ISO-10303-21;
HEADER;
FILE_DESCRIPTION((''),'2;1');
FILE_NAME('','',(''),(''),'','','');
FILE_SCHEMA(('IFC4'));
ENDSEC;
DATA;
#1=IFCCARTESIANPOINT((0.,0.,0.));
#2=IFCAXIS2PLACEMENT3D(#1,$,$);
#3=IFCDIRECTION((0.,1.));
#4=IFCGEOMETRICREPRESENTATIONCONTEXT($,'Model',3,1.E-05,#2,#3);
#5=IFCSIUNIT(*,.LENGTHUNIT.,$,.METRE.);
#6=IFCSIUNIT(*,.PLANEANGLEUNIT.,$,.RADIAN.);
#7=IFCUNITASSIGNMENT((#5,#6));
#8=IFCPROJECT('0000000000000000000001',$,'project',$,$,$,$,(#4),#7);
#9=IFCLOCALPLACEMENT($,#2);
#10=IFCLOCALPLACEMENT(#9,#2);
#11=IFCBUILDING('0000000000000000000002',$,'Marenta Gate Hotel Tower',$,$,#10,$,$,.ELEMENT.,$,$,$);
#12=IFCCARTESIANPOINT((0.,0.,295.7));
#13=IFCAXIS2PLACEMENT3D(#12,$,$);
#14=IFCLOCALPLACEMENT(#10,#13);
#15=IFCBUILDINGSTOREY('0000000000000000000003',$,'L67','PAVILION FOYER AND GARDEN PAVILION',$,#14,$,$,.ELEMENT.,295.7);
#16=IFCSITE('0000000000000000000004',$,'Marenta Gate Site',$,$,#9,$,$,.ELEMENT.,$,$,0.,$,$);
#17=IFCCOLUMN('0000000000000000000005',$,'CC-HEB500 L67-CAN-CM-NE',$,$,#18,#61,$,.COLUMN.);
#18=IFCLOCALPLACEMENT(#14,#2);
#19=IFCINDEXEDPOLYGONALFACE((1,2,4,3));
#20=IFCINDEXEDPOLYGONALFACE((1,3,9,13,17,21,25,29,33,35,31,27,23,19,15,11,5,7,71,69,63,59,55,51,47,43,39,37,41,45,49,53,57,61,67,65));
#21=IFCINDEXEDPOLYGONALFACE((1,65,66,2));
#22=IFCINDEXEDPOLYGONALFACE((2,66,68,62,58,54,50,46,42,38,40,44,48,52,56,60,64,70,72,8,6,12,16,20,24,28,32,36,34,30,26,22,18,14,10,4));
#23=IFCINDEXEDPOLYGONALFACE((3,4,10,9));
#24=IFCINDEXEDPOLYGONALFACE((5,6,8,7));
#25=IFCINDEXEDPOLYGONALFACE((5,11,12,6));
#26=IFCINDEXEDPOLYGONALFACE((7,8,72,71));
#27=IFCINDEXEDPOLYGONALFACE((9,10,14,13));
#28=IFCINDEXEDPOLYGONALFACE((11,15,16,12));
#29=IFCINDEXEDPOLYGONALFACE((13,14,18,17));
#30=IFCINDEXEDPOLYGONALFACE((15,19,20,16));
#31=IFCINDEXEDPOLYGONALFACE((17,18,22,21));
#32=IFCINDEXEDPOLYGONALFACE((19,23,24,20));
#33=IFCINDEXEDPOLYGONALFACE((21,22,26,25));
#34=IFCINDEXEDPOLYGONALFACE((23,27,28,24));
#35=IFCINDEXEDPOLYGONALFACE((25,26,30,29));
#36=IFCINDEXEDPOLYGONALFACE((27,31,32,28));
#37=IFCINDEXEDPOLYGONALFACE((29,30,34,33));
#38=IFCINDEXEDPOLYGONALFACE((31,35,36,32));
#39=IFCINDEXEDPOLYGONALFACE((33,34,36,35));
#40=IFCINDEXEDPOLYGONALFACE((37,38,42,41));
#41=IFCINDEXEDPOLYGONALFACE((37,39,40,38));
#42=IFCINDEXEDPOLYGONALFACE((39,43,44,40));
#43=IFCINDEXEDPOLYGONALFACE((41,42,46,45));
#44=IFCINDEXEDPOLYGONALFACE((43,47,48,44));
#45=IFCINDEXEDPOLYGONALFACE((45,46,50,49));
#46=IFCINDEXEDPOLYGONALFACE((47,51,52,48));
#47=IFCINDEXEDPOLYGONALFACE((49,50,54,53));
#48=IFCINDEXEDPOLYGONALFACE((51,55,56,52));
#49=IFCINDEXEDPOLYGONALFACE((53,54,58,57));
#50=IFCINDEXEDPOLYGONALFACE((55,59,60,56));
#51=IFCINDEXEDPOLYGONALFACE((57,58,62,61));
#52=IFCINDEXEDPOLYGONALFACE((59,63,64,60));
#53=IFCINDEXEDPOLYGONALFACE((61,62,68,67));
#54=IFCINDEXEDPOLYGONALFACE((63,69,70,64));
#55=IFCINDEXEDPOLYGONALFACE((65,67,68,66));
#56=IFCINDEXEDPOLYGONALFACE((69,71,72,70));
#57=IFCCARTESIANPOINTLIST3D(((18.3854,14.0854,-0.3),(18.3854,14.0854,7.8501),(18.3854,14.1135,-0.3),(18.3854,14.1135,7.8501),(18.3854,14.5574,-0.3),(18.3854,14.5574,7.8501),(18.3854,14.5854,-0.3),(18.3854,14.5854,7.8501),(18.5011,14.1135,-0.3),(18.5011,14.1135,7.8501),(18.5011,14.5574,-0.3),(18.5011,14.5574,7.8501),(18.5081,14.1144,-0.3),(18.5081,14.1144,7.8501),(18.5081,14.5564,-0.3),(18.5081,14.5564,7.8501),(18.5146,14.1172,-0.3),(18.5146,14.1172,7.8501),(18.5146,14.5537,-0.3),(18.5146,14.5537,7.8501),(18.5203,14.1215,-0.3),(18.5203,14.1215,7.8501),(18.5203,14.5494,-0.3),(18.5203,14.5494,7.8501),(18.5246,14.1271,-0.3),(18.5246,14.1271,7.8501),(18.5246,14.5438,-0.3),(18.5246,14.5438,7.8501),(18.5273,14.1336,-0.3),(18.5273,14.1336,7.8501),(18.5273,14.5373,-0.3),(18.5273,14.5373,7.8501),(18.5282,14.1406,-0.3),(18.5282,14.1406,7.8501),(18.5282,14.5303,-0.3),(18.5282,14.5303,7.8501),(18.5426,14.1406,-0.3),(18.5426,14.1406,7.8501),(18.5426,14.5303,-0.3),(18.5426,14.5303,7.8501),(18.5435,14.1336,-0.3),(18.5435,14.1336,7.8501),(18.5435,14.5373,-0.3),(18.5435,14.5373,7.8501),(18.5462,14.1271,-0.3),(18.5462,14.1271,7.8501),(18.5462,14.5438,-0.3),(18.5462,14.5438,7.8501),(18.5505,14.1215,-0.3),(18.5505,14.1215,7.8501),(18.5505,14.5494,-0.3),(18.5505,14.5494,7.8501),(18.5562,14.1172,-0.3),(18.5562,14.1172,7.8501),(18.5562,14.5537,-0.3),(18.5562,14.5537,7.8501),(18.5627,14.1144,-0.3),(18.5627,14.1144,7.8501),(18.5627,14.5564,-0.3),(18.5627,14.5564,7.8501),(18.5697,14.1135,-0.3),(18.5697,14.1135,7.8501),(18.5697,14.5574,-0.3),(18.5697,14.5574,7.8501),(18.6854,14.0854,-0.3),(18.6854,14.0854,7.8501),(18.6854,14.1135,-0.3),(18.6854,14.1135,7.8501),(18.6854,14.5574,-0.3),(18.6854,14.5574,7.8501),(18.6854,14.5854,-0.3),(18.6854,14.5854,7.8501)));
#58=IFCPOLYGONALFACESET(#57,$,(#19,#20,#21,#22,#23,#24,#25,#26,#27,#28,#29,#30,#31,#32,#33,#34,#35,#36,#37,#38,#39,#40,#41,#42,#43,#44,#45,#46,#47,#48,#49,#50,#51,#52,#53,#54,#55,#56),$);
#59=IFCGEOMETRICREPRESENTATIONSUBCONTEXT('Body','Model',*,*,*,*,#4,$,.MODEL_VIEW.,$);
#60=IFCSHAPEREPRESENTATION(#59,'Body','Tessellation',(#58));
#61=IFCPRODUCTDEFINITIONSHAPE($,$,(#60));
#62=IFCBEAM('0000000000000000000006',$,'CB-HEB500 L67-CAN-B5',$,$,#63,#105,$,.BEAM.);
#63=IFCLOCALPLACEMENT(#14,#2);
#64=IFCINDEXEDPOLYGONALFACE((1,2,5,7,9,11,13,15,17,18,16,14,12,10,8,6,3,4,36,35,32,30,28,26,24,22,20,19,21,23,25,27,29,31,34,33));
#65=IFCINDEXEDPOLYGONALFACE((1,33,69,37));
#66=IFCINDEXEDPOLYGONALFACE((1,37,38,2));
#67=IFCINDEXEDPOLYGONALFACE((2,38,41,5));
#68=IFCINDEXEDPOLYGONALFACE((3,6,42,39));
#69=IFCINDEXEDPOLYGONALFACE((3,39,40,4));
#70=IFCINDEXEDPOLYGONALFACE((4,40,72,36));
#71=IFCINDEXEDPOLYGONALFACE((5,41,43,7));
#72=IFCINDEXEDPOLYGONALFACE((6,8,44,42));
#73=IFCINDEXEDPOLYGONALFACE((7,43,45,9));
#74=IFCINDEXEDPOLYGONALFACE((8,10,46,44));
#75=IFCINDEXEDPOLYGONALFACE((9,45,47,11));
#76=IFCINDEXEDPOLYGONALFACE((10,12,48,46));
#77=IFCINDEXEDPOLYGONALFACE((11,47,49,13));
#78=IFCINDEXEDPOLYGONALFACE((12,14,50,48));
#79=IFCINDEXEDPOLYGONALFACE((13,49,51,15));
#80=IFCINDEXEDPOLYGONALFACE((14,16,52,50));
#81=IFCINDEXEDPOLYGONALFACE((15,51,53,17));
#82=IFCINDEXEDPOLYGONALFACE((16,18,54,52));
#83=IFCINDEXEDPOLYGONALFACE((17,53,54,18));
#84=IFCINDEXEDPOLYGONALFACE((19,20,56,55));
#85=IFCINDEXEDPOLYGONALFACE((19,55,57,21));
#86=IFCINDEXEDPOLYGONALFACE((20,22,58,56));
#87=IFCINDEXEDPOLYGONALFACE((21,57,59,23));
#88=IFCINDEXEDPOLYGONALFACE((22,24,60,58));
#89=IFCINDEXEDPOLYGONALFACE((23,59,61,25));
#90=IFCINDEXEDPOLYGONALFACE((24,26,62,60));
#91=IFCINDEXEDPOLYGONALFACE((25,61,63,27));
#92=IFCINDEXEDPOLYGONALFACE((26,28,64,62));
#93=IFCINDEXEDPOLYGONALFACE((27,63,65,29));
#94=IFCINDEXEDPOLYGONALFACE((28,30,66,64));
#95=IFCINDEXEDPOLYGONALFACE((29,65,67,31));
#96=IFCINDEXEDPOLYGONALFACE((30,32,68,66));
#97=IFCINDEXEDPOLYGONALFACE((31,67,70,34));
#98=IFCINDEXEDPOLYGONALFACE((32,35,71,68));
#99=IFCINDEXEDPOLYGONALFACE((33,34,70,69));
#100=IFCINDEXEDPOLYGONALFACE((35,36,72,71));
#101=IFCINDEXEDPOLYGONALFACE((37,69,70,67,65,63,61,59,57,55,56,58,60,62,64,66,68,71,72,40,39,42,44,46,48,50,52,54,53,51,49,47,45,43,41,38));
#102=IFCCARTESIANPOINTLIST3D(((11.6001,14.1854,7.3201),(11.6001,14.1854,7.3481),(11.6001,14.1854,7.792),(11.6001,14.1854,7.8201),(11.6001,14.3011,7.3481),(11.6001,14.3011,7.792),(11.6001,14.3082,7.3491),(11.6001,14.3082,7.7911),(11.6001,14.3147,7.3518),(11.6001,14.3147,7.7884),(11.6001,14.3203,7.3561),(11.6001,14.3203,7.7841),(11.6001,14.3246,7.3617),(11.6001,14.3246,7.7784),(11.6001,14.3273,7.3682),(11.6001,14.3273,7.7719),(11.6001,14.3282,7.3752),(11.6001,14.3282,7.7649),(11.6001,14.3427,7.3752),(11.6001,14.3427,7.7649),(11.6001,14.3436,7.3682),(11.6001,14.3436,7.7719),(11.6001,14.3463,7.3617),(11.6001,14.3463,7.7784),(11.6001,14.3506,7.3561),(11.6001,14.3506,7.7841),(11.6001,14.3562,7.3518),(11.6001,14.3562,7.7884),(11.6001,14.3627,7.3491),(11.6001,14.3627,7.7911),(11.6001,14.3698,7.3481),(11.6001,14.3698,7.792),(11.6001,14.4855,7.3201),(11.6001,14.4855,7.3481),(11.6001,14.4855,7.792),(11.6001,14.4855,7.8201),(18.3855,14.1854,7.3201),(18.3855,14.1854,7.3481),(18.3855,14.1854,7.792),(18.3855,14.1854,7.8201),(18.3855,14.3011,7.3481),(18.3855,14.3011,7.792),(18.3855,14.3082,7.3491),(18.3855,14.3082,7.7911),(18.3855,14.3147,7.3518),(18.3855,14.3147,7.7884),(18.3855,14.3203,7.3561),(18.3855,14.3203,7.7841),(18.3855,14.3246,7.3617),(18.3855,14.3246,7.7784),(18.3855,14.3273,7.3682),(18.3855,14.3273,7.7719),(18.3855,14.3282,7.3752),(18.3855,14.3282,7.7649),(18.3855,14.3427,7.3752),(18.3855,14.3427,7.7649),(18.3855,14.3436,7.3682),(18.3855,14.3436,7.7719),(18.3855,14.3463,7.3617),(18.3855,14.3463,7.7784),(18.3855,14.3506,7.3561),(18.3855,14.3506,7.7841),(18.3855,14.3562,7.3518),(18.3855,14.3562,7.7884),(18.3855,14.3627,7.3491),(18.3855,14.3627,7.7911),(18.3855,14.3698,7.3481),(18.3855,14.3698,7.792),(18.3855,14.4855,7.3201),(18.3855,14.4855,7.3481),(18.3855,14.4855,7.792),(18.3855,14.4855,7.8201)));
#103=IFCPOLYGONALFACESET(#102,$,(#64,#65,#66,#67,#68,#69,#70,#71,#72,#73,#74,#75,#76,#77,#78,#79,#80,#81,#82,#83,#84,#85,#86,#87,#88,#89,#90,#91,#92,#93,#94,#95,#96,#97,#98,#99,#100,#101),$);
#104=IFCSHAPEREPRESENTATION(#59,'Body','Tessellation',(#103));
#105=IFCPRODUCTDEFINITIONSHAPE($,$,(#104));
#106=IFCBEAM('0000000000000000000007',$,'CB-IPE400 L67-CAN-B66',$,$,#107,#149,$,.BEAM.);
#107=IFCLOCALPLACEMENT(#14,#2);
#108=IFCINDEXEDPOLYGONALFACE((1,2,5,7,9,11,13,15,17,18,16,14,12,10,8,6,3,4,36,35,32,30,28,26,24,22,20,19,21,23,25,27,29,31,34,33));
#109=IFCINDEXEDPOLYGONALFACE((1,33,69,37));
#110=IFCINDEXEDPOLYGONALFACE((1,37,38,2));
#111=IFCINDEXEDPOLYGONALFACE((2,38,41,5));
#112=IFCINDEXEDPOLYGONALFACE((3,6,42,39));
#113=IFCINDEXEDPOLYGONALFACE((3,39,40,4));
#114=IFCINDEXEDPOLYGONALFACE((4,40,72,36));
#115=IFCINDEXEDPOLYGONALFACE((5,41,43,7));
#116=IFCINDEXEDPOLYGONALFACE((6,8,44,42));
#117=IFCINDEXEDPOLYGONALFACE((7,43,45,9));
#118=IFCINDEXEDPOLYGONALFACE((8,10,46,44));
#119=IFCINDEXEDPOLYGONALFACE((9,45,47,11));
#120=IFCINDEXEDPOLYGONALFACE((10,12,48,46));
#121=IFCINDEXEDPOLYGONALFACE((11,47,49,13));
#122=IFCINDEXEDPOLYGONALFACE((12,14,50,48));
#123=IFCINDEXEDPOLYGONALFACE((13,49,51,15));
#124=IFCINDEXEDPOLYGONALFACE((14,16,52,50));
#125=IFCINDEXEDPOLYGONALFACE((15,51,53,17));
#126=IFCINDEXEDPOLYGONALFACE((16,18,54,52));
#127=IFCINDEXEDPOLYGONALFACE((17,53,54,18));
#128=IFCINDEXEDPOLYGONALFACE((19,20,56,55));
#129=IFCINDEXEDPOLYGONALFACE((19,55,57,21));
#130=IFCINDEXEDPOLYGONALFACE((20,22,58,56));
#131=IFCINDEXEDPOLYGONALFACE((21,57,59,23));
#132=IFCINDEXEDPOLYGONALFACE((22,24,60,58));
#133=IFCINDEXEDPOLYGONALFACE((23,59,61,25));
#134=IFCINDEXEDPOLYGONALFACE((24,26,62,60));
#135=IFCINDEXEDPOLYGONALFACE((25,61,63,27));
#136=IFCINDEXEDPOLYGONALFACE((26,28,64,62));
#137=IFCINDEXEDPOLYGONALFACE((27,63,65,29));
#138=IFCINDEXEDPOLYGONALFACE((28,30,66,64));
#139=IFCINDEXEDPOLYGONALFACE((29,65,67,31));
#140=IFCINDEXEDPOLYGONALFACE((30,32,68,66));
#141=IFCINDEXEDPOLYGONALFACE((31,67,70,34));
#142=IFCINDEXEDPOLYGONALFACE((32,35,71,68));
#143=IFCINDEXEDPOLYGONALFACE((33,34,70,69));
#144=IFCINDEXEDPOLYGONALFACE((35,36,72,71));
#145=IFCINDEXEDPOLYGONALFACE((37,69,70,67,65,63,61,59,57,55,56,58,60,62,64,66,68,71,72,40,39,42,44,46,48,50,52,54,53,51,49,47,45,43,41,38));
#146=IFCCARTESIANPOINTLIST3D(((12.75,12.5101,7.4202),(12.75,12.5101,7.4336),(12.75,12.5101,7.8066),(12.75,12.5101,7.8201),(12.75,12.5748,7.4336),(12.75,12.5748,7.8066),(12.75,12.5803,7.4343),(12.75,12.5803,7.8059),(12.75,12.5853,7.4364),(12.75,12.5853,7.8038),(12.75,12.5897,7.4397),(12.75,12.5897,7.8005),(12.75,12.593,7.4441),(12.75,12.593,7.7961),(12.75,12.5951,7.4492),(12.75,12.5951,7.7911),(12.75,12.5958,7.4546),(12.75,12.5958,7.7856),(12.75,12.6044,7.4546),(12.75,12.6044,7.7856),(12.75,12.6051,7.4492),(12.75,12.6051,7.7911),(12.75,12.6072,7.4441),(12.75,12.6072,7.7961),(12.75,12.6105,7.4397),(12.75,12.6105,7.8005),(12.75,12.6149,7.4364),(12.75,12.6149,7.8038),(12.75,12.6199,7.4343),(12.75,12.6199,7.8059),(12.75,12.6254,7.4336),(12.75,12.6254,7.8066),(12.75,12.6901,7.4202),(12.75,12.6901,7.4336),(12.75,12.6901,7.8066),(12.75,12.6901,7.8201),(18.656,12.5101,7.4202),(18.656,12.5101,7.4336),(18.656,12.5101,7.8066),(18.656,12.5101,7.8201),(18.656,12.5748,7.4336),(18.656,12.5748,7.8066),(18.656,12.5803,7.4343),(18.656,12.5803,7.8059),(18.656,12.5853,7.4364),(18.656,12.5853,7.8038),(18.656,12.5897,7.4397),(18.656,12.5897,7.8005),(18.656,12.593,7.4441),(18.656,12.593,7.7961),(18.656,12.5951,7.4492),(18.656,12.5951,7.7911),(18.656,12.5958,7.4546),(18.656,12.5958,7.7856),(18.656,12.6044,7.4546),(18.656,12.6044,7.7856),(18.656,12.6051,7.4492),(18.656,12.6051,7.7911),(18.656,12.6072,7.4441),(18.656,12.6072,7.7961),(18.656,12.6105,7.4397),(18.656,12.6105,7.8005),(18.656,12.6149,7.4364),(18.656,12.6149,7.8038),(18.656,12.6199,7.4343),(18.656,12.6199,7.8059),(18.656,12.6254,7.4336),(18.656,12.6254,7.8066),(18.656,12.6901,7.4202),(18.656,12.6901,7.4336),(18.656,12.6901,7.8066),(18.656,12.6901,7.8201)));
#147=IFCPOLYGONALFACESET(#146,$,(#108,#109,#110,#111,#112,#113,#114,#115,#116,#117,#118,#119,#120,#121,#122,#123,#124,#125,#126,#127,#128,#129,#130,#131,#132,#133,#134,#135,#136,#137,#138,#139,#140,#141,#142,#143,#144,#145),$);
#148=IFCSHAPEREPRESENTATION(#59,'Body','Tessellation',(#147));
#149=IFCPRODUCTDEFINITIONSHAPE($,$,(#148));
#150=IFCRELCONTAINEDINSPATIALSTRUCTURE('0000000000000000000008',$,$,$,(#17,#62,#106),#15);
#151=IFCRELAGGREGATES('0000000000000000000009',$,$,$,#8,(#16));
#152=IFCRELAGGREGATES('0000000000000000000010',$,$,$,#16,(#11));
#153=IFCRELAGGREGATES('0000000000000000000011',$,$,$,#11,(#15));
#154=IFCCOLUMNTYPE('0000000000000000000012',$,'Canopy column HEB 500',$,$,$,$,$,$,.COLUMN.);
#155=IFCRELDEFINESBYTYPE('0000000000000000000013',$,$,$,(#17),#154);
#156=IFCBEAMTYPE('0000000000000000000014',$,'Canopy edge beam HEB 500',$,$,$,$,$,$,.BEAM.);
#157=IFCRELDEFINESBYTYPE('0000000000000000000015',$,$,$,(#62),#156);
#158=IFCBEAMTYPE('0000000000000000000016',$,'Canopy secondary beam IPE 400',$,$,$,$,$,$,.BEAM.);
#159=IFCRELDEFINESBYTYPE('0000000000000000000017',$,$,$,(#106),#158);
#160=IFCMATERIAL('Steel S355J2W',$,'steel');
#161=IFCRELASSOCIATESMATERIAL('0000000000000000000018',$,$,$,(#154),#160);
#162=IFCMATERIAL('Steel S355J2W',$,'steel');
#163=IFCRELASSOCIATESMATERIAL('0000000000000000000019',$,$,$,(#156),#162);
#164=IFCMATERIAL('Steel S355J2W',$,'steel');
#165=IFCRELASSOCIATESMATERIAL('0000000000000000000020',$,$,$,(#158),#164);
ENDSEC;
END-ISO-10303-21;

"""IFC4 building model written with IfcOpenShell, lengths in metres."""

from ifc_helpers import new_model, si_unit, direction, frame, origin, origin_2d, place, context, subcontext, project, spatial, i_section, extrude, material, material_profile, profile_set, type_object, element, save


model = new_model("IFC4")

# Units and contexts
model_context = context("Model", 3, precision=1e-05, world=origin(), true_north=direction((0.0, 1.0)))
body_context = subcontext(model_context, "Body", "Model", "MODEL_VIEW")
ifc_project = project(units=[si_unit("LENGTHUNIT", "METRE"), si_unit("PLANEANGLEUNIT", "RADIAN")], contexts=[model_context])

# Site, building, storey
site_placement = place(None, origin())
site = spatial("IfcSite", under=ifc_project, at=site_placement, Name="Marenta Gate Site", CompositionType="ELEMENT", RefElevation=0.0)
building_placement = place(site_placement, origin())
building = spatial("IfcBuilding", under=site, at=building_placement, Name="Marenta Gate Hotel Tower", CompositionType="ELEMENT")
storey_placement = place(building_placement, frame((0.0, 0.0, 295.7)))
storey = spatial("IfcBuildingStorey", under=building, at=storey_placement, Name="L67", Description="PAVILION FOYER AND GARDEN PAVILION", CompositionType="ELEMENT", Elevation=295.7)

# Column
ifc_material_1 = material(Name="Steel S355J2W", Category="steel")
ifc_material_profile_1 = material_profile(ifc_material_1, i_section(OverallWidth=0.3, OverallDepth=0.5, WebThickness=0.0144, FlangeThickness=0.0281, FilletRadius=0.0271, at=origin_2d()), Name="HEB 500")
ifc_profile_set_1 = profile_set([ifc_material_profile_1], Name="Steel S355J2W")
column_type = type_object("IfcColumnType", Name="Canopy column HEB 500", PredefinedType="COLUMN", material=ifc_profile_set_1)
column_placement = place(storey_placement, frame((18.5354, 14.3354, -0.3), z_axis=(0.0, 0.0, 1.0), x_axis=(1.0, 0.0, 0.0)))
element("IfcColumn", 1, at=column_placement, inside=storey, type_object=column_type, Name="CC-HEB500 L67-CAN-CM-NE", PredefinedType="COLUMN", context=body_context, shape_type="SweptSolid", body=[
    extrude(i_section(OverallWidth=0.3, OverallDepth=0.5, WebThickness=0.0144, FlangeThickness=0.0281, FilletRadius=0.0271, at=origin_2d()), origin(), (0.0, 0.0, 1.0), 8.1501),
])

# Beams
ifc_material_2 = material(Name="Steel S355J2W", Category="steel")
ifc_material_profile_2 = material_profile(ifc_material_2, i_section(OverallWidth=0.3, OverallDepth=0.5, WebThickness=0.0144, FlangeThickness=0.0281, FilletRadius=0.0271, at=origin_2d()), Name="HEB 500")
ifc_profile_set_2 = profile_set([ifc_material_profile_2], Name="Steel S355J2W")
beam_type_1 = type_object("IfcBeamType", Name="Canopy edge beam HEB 500", PredefinedType="BEAM", material=ifc_profile_set_2)
beam_1_placement = place(storey_placement, frame((18.3855, 14.3354, 7.5701), z_axis=(-1.0, 0.0, 0.0), x_axis=(0.0, -1.0, 0.0)))
element("IfcBeam", 2, at=beam_1_placement, inside=storey, type_object=beam_type_1, Name="CB-HEB500 L67-CAN-B5", PredefinedType="BEAM", context=body_context, shape_type="SweptSolid", body=[
    extrude(i_section(OverallWidth=0.3, OverallDepth=0.5, WebThickness=0.0144, FlangeThickness=0.0281, FilletRadius=0.0271, at=origin_2d()), origin(), (0.0, 0.0, 1.0), 6.7854),
])
ifc_material_3 = material(Name="Steel S355J2W", Category="steel")
ifc_material_profile_3 = material_profile(ifc_material_3, i_section(OverallWidth=0.1799, OverallDepth=0.3999, WebThickness=0.0085, FlangeThickness=0.0134, FilletRadius=0.021, at=origin_2d()), Name="IPE 400")
ifc_profile_set_3 = profile_set([ifc_material_profile_3], Name="Steel S355J2W")
beam_type_2 = type_object("IfcBeamType", Name="Canopy secondary beam IPE 400", PredefinedType="BEAM", material=ifc_profile_set_3)
beam_2_placement = place(storey_placement, frame((12.75, 12.6001, 7.6201), z_axis=(1.0, 0.0, 0.0), x_axis=(0.0, 1.0, 0.0)))
element("IfcBeam", 3, at=beam_2_placement, inside=storey, type_object=beam_type_2, Name="CB-IPE400 L67-CAN-B66", PredefinedType="BEAM", context=body_context, shape_type="SweptSolid", body=[
    extrude(i_section(OverallWidth=0.1799, OverallDepth=0.3999, WebThickness=0.0085, FlangeThickness=0.0134, FilletRadius=0.021, at=origin_2d()), origin(), (0.0, 0.0, 1.0), 5.906),
])

save(model, "model.ifc")
